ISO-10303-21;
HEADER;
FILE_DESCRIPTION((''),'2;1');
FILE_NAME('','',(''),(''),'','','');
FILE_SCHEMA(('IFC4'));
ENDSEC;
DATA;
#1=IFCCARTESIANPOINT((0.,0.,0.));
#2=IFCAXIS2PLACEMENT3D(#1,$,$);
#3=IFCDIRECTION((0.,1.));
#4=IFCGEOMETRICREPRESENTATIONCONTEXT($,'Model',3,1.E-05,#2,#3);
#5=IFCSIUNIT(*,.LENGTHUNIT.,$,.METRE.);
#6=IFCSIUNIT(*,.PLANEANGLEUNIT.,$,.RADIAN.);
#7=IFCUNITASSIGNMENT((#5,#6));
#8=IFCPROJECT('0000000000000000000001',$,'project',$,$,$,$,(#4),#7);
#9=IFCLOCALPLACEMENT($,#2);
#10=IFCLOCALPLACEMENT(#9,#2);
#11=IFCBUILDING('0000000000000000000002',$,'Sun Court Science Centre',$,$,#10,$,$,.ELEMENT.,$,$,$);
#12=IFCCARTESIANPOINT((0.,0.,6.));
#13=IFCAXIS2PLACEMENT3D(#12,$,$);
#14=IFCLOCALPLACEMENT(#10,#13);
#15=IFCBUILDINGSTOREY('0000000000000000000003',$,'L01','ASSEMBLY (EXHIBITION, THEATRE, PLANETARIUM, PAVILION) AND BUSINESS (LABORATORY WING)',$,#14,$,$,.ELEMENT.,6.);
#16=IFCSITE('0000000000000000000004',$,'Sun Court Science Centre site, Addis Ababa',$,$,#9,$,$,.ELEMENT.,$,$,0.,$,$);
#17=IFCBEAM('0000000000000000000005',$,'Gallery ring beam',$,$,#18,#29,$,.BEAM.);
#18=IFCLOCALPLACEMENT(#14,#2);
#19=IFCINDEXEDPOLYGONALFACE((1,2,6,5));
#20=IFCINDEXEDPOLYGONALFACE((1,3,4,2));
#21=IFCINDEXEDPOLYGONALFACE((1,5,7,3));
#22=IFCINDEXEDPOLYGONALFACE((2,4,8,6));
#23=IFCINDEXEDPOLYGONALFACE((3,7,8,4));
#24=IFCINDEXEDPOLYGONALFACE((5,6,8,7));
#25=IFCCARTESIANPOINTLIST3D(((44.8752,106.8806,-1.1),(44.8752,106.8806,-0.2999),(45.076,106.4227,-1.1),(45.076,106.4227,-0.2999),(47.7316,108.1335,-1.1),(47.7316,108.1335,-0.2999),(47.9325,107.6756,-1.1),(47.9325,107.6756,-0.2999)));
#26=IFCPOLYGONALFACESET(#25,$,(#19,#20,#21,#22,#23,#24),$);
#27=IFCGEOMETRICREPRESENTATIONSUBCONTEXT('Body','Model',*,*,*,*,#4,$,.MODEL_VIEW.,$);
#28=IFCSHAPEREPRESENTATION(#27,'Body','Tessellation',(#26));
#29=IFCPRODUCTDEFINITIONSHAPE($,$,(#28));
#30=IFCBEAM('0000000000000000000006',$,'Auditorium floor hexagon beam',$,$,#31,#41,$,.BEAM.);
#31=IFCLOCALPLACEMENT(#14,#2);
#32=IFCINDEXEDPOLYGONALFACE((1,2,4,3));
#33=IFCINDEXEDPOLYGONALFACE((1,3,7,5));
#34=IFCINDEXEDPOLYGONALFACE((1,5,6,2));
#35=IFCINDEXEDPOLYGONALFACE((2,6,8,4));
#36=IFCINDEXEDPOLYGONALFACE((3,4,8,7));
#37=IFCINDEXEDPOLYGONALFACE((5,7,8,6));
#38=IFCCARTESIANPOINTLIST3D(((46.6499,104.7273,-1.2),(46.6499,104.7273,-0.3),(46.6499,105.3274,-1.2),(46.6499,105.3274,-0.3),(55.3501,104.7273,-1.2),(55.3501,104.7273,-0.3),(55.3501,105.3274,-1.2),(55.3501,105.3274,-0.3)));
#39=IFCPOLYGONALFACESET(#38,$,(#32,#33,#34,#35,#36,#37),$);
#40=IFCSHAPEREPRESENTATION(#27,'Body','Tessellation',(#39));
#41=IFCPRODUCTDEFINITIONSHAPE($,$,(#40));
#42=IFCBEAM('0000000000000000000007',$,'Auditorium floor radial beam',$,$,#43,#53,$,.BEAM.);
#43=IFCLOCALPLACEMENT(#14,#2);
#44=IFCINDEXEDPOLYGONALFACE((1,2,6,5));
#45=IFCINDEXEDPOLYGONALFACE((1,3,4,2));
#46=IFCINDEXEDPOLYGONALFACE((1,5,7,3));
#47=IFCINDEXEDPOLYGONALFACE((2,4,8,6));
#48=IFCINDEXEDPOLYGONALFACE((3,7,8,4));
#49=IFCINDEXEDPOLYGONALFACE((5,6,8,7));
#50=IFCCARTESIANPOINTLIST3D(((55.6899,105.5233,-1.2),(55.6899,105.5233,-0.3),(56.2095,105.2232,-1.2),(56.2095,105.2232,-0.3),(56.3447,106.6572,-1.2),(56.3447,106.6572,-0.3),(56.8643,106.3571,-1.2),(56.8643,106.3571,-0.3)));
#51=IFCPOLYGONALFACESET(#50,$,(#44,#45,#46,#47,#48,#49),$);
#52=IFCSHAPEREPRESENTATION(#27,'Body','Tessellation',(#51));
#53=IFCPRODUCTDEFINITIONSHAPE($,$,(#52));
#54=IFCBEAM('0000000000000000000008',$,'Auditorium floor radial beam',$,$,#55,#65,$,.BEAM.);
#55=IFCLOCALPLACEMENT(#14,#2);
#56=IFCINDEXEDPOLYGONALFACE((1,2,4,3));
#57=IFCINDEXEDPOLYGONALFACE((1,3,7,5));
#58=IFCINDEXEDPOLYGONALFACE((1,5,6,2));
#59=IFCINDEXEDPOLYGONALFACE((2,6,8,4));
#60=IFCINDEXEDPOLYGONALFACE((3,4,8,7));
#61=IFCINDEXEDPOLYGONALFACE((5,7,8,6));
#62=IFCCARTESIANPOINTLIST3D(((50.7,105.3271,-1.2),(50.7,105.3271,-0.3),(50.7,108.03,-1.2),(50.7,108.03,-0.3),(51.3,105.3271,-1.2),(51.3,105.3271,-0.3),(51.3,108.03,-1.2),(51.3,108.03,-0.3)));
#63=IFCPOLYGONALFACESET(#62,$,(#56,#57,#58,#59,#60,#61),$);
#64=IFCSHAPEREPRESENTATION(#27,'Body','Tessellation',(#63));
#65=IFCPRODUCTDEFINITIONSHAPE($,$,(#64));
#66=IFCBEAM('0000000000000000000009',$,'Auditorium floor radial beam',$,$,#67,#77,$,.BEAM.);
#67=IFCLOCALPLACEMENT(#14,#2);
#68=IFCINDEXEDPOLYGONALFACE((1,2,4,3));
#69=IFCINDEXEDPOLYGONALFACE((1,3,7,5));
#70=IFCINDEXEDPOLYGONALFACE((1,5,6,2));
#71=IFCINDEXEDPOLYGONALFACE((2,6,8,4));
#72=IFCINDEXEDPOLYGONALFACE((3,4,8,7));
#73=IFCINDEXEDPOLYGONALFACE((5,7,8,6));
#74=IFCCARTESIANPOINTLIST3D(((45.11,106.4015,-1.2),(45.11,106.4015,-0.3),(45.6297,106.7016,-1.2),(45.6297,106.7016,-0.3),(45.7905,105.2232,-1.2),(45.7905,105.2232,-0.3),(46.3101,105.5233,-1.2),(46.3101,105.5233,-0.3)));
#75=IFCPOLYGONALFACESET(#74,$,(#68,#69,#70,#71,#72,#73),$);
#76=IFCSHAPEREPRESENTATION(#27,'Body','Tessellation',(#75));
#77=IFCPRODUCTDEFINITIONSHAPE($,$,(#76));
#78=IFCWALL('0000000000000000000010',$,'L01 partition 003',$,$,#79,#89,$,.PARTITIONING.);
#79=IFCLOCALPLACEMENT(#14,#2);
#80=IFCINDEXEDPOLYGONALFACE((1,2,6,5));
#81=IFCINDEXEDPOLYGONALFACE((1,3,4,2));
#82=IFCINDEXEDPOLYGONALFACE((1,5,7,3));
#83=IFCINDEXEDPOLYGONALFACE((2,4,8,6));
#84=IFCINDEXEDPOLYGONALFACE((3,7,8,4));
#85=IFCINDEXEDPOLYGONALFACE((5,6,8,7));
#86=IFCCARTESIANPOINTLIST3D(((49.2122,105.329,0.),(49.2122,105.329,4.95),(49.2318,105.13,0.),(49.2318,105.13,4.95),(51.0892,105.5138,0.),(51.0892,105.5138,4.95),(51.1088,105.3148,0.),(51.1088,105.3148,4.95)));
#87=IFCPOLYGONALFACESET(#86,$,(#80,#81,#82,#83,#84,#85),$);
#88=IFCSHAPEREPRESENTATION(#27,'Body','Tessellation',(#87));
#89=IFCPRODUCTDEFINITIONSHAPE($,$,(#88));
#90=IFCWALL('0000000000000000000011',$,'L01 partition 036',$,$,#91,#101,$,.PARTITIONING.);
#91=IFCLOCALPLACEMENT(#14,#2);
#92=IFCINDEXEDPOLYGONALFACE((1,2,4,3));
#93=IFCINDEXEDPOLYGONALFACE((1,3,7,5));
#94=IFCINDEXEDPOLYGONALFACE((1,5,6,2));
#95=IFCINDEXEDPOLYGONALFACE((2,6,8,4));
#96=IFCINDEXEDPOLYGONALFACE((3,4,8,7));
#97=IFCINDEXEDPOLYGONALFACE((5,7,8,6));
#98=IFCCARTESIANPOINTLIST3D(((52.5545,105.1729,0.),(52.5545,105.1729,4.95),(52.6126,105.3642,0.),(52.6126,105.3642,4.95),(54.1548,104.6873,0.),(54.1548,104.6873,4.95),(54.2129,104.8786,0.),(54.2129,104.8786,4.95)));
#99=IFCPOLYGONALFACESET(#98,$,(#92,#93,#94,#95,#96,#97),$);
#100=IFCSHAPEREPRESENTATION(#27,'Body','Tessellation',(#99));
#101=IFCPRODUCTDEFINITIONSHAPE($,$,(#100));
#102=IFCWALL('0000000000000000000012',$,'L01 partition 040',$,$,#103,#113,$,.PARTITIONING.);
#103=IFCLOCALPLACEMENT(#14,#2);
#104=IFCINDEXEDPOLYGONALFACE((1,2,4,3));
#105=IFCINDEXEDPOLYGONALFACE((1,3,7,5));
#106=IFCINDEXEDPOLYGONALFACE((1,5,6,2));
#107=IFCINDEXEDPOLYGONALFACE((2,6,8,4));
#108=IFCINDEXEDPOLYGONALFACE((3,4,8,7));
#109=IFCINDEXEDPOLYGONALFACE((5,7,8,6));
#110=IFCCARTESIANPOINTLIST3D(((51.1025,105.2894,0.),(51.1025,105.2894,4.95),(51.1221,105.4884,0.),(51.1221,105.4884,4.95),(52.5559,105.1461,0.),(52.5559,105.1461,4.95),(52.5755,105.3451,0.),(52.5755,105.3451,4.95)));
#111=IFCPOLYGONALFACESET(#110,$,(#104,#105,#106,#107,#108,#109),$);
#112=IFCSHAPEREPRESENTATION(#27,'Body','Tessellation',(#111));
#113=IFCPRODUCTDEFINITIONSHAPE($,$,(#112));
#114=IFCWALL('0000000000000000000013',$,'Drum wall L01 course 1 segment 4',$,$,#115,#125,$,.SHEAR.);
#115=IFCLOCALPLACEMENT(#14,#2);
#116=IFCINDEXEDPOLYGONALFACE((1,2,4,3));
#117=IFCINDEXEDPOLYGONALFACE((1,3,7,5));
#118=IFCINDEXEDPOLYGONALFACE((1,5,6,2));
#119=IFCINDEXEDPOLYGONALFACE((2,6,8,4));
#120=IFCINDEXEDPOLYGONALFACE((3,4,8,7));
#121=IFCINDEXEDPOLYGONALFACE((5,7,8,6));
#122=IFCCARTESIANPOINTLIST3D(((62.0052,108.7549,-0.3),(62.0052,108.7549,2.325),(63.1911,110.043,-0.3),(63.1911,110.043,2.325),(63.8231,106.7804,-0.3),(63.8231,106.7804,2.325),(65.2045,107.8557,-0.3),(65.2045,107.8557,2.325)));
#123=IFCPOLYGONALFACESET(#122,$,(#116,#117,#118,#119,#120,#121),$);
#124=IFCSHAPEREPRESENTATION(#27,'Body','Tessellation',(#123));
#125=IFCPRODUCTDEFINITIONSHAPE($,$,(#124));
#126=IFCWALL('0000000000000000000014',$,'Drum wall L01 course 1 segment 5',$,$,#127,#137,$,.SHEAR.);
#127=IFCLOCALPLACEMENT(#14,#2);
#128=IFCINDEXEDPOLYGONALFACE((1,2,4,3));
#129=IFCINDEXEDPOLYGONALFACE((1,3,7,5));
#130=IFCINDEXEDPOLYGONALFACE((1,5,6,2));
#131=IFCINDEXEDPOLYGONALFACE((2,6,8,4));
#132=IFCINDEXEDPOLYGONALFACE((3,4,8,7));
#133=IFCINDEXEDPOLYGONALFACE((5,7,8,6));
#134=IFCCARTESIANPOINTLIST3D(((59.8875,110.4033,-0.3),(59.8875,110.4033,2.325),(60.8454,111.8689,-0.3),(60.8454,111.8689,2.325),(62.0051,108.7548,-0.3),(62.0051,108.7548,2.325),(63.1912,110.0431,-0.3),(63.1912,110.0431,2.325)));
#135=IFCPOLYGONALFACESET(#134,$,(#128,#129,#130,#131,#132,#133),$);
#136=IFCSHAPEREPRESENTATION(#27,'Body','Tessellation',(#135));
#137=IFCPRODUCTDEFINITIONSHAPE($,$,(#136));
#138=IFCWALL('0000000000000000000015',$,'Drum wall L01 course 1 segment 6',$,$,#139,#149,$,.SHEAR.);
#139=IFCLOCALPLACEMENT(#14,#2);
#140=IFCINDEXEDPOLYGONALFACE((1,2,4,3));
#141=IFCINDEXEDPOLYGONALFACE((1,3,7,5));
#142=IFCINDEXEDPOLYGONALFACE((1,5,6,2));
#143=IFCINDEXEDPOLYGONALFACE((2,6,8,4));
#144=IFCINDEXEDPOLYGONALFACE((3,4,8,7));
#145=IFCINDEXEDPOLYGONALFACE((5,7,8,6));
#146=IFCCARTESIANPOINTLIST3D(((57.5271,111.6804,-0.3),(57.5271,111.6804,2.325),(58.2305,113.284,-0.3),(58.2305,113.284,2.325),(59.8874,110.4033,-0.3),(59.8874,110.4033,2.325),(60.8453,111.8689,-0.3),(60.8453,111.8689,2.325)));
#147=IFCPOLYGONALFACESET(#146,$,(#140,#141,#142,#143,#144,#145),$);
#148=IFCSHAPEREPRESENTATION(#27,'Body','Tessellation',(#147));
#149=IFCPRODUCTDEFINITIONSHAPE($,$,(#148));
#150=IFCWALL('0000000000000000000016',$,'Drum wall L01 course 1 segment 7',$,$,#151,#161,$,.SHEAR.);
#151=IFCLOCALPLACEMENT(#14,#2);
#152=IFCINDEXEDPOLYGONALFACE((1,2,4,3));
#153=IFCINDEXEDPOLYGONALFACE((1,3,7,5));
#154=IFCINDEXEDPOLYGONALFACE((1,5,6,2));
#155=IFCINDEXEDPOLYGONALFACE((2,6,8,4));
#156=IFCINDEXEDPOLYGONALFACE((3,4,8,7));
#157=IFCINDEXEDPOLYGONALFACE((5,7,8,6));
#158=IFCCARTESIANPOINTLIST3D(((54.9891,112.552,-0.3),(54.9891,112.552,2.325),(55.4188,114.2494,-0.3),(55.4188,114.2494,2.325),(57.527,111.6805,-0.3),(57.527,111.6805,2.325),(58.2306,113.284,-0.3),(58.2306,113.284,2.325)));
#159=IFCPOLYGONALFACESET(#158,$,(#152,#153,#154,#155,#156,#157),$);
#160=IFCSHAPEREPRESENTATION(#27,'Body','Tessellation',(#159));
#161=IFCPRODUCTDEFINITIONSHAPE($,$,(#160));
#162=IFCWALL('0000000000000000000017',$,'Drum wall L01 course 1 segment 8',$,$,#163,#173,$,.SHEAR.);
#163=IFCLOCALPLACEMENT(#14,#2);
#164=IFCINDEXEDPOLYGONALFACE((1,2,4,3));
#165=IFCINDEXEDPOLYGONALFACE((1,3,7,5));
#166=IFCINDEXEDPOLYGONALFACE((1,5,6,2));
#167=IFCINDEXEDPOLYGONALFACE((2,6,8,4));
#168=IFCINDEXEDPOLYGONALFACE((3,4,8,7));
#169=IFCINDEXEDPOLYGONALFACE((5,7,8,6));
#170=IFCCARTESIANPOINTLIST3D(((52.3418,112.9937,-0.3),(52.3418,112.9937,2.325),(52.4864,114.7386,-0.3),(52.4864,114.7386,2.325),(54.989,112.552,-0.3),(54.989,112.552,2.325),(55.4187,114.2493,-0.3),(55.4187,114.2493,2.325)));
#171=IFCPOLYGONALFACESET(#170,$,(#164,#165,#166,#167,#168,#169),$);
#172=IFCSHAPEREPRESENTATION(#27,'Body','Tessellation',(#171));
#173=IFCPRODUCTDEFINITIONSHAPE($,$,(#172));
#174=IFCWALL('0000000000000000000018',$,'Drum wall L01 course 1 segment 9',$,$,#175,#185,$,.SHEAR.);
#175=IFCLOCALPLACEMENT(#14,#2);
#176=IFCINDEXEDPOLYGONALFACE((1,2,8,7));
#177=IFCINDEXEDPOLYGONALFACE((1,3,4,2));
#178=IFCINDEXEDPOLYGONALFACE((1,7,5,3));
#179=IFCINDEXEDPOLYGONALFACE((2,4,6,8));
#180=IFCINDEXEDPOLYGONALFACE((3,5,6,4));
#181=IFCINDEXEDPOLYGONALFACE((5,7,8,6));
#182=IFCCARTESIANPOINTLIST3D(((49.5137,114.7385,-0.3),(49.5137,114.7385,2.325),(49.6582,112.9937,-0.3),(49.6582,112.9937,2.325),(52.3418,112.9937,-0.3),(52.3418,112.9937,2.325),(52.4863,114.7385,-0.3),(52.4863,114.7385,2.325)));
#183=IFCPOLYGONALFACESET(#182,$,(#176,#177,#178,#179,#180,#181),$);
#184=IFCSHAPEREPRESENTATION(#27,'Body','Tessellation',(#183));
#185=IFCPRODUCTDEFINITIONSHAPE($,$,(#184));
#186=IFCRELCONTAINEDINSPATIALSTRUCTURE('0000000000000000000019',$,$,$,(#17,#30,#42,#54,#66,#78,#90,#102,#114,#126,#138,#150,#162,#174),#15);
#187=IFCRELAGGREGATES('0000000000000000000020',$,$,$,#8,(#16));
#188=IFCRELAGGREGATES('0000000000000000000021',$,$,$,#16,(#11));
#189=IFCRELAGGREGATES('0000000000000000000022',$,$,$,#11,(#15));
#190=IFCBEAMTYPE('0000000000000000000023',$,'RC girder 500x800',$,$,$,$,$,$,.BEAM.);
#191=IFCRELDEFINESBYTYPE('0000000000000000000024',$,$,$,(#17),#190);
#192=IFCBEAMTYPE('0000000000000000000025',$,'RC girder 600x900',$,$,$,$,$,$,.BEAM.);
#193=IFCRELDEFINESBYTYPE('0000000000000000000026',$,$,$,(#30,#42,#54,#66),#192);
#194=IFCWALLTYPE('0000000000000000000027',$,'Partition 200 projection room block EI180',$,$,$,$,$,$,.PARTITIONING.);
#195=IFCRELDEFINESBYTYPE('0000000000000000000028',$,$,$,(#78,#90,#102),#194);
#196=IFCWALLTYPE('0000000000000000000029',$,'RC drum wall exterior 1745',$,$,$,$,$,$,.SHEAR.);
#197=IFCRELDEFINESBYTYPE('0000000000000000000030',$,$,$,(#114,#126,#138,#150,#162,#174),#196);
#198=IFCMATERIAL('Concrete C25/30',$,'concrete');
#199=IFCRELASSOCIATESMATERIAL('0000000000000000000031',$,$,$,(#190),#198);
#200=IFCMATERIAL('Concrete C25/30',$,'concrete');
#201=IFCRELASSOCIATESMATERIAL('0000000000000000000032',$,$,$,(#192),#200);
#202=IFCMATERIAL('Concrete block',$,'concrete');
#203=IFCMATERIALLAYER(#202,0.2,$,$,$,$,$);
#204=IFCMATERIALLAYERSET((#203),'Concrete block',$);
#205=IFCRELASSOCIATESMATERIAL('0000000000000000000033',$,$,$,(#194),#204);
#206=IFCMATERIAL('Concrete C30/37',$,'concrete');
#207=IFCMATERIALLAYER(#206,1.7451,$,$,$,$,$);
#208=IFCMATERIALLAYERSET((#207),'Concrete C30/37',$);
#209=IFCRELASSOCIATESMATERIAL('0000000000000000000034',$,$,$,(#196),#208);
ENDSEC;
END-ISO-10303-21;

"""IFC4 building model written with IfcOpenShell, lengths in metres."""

from ifc_helpers import new_model, si_unit, direction, frame, frame_2d, origin, origin_2d, place, context, subcontext, project, spatial, polyline, rectangle, outline, extrude, material, layer, layer_set, material_profile, profile_set, type_object, element, save


model = new_model("IFC4")

# Units and contexts
model_context = context("Model", 3, precision=1e-05, world=origin(), true_north=direction((0.0, 1.0)))
body_context = subcontext(model_context, "Body", "Model", "MODEL_VIEW")
ifc_project = project(units=[si_unit("LENGTHUNIT", "METRE"), si_unit("PLANEANGLEUNIT", "RADIAN")], contexts=[model_context])

# Site, building, storey
site_placement = place(None, origin())
site = spatial("IfcSite", under=ifc_project, at=site_placement, Name="Sun Court Science Centre site, Addis Ababa", CompositionType="ELEMENT", RefElevation=0.0)
building_placement = place(site_placement, origin())
building = spatial("IfcBuilding", under=site, at=building_placement, Name="Sun Court Science Centre", CompositionType="ELEMENT")
storey_placement = place(building_placement, frame((0.0, 0.0, 6.0)))
storey = spatial("IfcBuildingStorey", under=building, at=storey_placement, Name="L01", Description="ASSEMBLY (EXHIBITION, THEATRE, PLANETARIUM, PAVILION) AND BUSINESS (LABORATORY WING)", CompositionType="ELEMENT", Elevation=6.0)

# Beams
ifc_material_1 = material(Name="Concrete C25/30", Category="concrete")
ifc_material_profile_1 = material_profile(ifc_material_1, rectangle(XDim=0.5, YDim=0.8, at=origin_2d()), Name="RC 500x800")
ifc_profile_set_1 = profile_set([ifc_material_profile_1], Name="Concrete C25/30")
beam_type_1 = type_object("IfcBeamType", Name="RC girder 500x800", PredefinedType="BEAM", material=ifc_profile_set_1)
for number, where, z_axis, x_axis, name in (
    (1, (47.832, 107.9045, -0.7), (-0.915776, -0.401689, 0.0), (0.401689, -0.915776, 0.0), "Gallery ring beam"),
):
    element("IfcBeam", number, at=place(storey_placement, frame(where, z_axis=z_axis, x_axis=x_axis)), inside=storey, type_object=beam_type_1, Name=name, PredefinedType="BEAM", context=body_context, shape_type="SweptSolid", body=[
        extrude(rectangle(XDim=0.5, YDim=0.8, at=origin_2d()), origin(), (0.0, 0.0, 1.0), 3.1191),
    ])
ifc_material_2 = material(Name="Concrete C25/30", Category="concrete")
ifc_material_profile_2 = material_profile(ifc_material_2, rectangle(XDim=0.6001, YDim=0.8999, at=origin_2d()), Name="RC 600x900")
ifc_profile_set_2 = profile_set([ifc_material_profile_2], Name="Concrete C25/30")
beam_type_2 = type_object("IfcBeamType", Name="RC girder 600x900", PredefinedType="BEAM", material=ifc_profile_set_2)
beam_1_placement = place(storey_placement, frame((55.3501, 105.0273, -0.75), z_axis=(-1.0, 0.0, 0.0), x_axis=(0.0, -1.0, 0.0)))
element("IfcBeam", 2, at=beam_1_placement, inside=storey, type_object=beam_type_2, Name="Auditorium floor hexagon beam", PredefinedType="BEAM", context=body_context, shape_type="SweptSolid", body=[
    extrude(rectangle(XDim=0.6001, YDim=0.8999, at=origin_2d()), origin(), (0.0, 0.0, 1.0), 8.7002),
])
beam_2_placement = place(storey_placement, frame((55.9497, 105.3733, -0.75), z_axis=(0.50011, 0.865962, 0.0), x_axis=(-0.865962, 0.50011, 0.0)))
element("IfcBeam", 3, at=beam_2_placement, inside=storey, type_object=beam_type_2, Name="Auditorium floor radial beam", PredefinedType="BEAM", context=body_context, shape_type="SweptSolid", body=[
    extrude(rectangle(XDim=0.6001, YDim=0.8999, at=origin_2d()), origin(), (0.0, 0.0, 1.0), 1.3093),
])
beam_3_placement = place(storey_placement, frame((51.0, 105.3271, -0.75), z_axis=(0.0, 1.0, 0.0), x_axis=(-1.0, 0.0, 0.0)))
element("IfcBeam", 4, at=beam_3_placement, inside=storey, type_object=beam_type_2, Name="Auditorium floor radial beam", PredefinedType="BEAM", context=body_context, shape_type="SweptSolid", body=[
    extrude(rectangle(XDim=0.6001, YDim=0.8999, at=origin_2d()), origin(), (0.0, 0.0, 1.0), 2.7029),
])
beam_4_placement = place(storey_placement, frame((46.0503, 105.3733, -0.75), z_axis=(-0.500095, 0.86597, 0.0), x_axis=(-0.86597, -0.500095, 0.0)))
element("IfcBeam", 5, at=beam_4_placement, inside=storey, type_object=beam_type_2, Name="Auditorium floor radial beam", PredefinedType="BEAM", context=body_context, shape_type="SweptSolid", body=[
    extrude(rectangle(XDim=0.6001, YDim=0.8999, at=origin_2d()), origin(), (0.0, 0.0, 1.0), 1.3606),
])

# Walls
ifc_material_3 = material(Name="Concrete block", Category="concrete")
ifc_layer_1 = layer(ifc_material_3, 0.2)
ifc_layer_set_1 = layer_set([ifc_layer_1], Name="Concrete block")
wall_type_1 = type_object("IfcWallType", Name="Partition 200 projection room block EI180", PredefinedType="PARTITIONING", material=ifc_layer_set_1)
wall_1_placement = place(storey_placement, frame((49.2222, 105.2295, 0.0), z_axis=(0.0, 0.0, 1.0), x_axis=(0.995187, 0.097991, 0.0)))
element("IfcWall", 6, at=wall_1_placement, inside=storey, type_object=wall_type_1, Name="L01 partition 003", PredefinedType="PARTITIONING", context=body_context, shape_type="SweptSolid", body=[
    extrude(rectangle(XDim=1.886, YDim=0.2, at=frame_2d((0.9429, 0.0))), origin(), (0.0, 0.0, 1.0), 4.95),
])
wall_2_placement = place(storey_placement, frame((54.1838, 104.783, 0.0), z_axis=(0.0, 0.0, 1.0), x_axis=(-0.956918, 0.29036, 0.0)))
element("IfcWall", 7, at=wall_2_placement, inside=storey, type_object=wall_type_1, Name="L01 partition 036", PredefinedType="PARTITIONING", context=body_context, shape_type="SweptSolid", body=[
    extrude(rectangle(XDim=1.6724, YDim=0.2, at=frame_2d((0.8362, 0.0))), origin(), (0.0, 0.0, 1.0), 4.95),
])
wall_3_placement = place(storey_placement, frame((52.5657, 105.2456, 0.0), z_axis=(0.0, 0.0, 1.0), x_axis=(-0.995174, 0.09813, 0.0)))
element("IfcWall", 8, at=wall_3_placement, inside=storey, type_object=wall_type_1, Name="L01 partition 040", PredefinedType="PARTITIONING", context=body_context, shape_type="SweptSolid", body=[
    extrude(rectangle(XDim=1.4604, YDim=0.2, at=frame_2d((0.7302, 0.0))), origin(), (0.0, 0.0, 1.0), 4.95),
])
ifc_material_4 = material(Name="Concrete C30/37", Category="concrete")
ifc_layer_2 = layer(ifc_material_4, 1.7451)
ifc_layer_set_2 = layer_set([ifc_layer_2], Name="Concrete C30/37")
wall_type_2 = type_object("IfcWallType", Name="RC drum wall exterior 1745", PredefinedType="SHEAR", material=ifc_layer_set_2)
wall_4_placement = place(storey_placement, frame((64.5627, 107.2649, -0.3), z_axis=(0.0, 0.0, 1.0), x_axis=(-0.677266, 0.735738, 0.0)))
element("IfcWall", 9, at=wall_4_placement, inside=storey, type_object=wall_type_2, Name="Drum wall L01 course 1 segment 4", PredefinedType="SHEAR", context=body_context, shape_type="SweptSolid", body=[
    extrude(outline(polyline([(0.0, -0.8723), (2.9729, -0.8723), (2.8284, 0.8726), (0.1445, 0.8723), (0.0, -0.8723)])), origin(), (0.0, 0.0, 1.0), 2.625),
])
wall_5_placement = place(storey_placement, frame((62.6553, 109.3545, -0.3), z_axis=(0.0, 0.0, 1.0), x_axis=(-0.78914, 0.614213, 0.0)))
element("IfcWall", 10, at=wall_5_placement, inside=storey, type_object=wall_type_2, Name="Drum wall L01 course 1 segment 5", PredefinedType="SHEAR", context=body_context, shape_type="SweptSolid", body=[
    extrude(outline(polyline([(0.0, -0.8726), (2.9727, -0.8726), (2.8284, 0.8723), (0.1448, 0.8726), (0.0, -0.8726)])), origin(), (0.0, 0.0, 1.0), 2.625),
])
wall_6_placement = place(storey_placement, frame((60.4299, 111.1018, -0.3), z_axis=(0.0, 0.0, 1.0), x_axis=(-0.879507, 0.475886, 0.0)))
element("IfcWall", 11, at=wall_6_placement, inside=storey, type_object=wall_type_2, Name="Drum wall L01 course 1 segment 6", PredefinedType="SHEAR", context=body_context, shape_type="SweptSolid", body=[
    extrude(outline(polyline([(-0.0002, -0.8723), (2.9729, -0.8726), (2.8284, 0.8726), (0.1448, 0.8726), (-0.0002, -0.8723)])), origin(), (0.0, 0.0, 1.0), 2.625),
])
wall_7_placement = place(storey_placement, frame((57.9473, 112.4587, -0.3), z_axis=(0.0, 0.0, 1.0), x_axis=(-0.945812, 0.324715, 0.0)))
element("IfcWall", 12, at=wall_7_placement, inside=storey, type_object=wall_type_2, Name="Drum wall L01 course 1 segment 7", PredefinedType="SHEAR", context=body_context, shape_type="SweptSolid", body=[
    extrude(outline(polyline([(0.0, -0.8726), (2.9729, -0.8726), (2.8281, 0.8723), (0.1448, 0.8726), (0.0, -0.8726)])), origin(), (0.0, 0.0, 1.0), 2.625),
])
wall_8_placement = place(storey_placement, frame((55.2751, 113.3887, -0.3), z_axis=(0.0, 0.0, 1.0), x_axis=(-0.986365, 0.164572, 0.0)))
element("IfcWall", 13, at=wall_8_placement, inside=storey, type_object=wall_type_2, Name="Drum wall L01 course 1 segment 8", PredefinedType="SHEAR", context=body_context, shape_type="SweptSolid", body=[
    extrude(outline(polyline([(0.0, -0.8726), (2.9729, -0.8726), (2.8284, 0.8723), (0.1445, 0.8723), (0.0, -0.8726)])), origin(), (0.0, 0.0, 1.0), 2.625),
])
wall_9_placement = place(storey_placement, frame((52.4863, 113.866, -0.3), z_axis=(0.0, 0.0, 1.0), x_axis=(-1.0, 0.0, 0.0)))
element("IfcWall", 14, at=wall_9_placement, inside=storey, type_object=wall_type_2, Name="Drum wall L01 course 1 segment 9", PredefinedType="SHEAR", context=body_context, shape_type="SweptSolid", body=[
    extrude(outline(polyline([(0.0, -0.8726), (2.9727, -0.8726), (2.8281, 0.8723), (0.1445, 0.8723), (0.0, -0.8726)])), origin(), (0.0, 0.0, 1.0), 2.625),
])

save(model, "model.ifc")
